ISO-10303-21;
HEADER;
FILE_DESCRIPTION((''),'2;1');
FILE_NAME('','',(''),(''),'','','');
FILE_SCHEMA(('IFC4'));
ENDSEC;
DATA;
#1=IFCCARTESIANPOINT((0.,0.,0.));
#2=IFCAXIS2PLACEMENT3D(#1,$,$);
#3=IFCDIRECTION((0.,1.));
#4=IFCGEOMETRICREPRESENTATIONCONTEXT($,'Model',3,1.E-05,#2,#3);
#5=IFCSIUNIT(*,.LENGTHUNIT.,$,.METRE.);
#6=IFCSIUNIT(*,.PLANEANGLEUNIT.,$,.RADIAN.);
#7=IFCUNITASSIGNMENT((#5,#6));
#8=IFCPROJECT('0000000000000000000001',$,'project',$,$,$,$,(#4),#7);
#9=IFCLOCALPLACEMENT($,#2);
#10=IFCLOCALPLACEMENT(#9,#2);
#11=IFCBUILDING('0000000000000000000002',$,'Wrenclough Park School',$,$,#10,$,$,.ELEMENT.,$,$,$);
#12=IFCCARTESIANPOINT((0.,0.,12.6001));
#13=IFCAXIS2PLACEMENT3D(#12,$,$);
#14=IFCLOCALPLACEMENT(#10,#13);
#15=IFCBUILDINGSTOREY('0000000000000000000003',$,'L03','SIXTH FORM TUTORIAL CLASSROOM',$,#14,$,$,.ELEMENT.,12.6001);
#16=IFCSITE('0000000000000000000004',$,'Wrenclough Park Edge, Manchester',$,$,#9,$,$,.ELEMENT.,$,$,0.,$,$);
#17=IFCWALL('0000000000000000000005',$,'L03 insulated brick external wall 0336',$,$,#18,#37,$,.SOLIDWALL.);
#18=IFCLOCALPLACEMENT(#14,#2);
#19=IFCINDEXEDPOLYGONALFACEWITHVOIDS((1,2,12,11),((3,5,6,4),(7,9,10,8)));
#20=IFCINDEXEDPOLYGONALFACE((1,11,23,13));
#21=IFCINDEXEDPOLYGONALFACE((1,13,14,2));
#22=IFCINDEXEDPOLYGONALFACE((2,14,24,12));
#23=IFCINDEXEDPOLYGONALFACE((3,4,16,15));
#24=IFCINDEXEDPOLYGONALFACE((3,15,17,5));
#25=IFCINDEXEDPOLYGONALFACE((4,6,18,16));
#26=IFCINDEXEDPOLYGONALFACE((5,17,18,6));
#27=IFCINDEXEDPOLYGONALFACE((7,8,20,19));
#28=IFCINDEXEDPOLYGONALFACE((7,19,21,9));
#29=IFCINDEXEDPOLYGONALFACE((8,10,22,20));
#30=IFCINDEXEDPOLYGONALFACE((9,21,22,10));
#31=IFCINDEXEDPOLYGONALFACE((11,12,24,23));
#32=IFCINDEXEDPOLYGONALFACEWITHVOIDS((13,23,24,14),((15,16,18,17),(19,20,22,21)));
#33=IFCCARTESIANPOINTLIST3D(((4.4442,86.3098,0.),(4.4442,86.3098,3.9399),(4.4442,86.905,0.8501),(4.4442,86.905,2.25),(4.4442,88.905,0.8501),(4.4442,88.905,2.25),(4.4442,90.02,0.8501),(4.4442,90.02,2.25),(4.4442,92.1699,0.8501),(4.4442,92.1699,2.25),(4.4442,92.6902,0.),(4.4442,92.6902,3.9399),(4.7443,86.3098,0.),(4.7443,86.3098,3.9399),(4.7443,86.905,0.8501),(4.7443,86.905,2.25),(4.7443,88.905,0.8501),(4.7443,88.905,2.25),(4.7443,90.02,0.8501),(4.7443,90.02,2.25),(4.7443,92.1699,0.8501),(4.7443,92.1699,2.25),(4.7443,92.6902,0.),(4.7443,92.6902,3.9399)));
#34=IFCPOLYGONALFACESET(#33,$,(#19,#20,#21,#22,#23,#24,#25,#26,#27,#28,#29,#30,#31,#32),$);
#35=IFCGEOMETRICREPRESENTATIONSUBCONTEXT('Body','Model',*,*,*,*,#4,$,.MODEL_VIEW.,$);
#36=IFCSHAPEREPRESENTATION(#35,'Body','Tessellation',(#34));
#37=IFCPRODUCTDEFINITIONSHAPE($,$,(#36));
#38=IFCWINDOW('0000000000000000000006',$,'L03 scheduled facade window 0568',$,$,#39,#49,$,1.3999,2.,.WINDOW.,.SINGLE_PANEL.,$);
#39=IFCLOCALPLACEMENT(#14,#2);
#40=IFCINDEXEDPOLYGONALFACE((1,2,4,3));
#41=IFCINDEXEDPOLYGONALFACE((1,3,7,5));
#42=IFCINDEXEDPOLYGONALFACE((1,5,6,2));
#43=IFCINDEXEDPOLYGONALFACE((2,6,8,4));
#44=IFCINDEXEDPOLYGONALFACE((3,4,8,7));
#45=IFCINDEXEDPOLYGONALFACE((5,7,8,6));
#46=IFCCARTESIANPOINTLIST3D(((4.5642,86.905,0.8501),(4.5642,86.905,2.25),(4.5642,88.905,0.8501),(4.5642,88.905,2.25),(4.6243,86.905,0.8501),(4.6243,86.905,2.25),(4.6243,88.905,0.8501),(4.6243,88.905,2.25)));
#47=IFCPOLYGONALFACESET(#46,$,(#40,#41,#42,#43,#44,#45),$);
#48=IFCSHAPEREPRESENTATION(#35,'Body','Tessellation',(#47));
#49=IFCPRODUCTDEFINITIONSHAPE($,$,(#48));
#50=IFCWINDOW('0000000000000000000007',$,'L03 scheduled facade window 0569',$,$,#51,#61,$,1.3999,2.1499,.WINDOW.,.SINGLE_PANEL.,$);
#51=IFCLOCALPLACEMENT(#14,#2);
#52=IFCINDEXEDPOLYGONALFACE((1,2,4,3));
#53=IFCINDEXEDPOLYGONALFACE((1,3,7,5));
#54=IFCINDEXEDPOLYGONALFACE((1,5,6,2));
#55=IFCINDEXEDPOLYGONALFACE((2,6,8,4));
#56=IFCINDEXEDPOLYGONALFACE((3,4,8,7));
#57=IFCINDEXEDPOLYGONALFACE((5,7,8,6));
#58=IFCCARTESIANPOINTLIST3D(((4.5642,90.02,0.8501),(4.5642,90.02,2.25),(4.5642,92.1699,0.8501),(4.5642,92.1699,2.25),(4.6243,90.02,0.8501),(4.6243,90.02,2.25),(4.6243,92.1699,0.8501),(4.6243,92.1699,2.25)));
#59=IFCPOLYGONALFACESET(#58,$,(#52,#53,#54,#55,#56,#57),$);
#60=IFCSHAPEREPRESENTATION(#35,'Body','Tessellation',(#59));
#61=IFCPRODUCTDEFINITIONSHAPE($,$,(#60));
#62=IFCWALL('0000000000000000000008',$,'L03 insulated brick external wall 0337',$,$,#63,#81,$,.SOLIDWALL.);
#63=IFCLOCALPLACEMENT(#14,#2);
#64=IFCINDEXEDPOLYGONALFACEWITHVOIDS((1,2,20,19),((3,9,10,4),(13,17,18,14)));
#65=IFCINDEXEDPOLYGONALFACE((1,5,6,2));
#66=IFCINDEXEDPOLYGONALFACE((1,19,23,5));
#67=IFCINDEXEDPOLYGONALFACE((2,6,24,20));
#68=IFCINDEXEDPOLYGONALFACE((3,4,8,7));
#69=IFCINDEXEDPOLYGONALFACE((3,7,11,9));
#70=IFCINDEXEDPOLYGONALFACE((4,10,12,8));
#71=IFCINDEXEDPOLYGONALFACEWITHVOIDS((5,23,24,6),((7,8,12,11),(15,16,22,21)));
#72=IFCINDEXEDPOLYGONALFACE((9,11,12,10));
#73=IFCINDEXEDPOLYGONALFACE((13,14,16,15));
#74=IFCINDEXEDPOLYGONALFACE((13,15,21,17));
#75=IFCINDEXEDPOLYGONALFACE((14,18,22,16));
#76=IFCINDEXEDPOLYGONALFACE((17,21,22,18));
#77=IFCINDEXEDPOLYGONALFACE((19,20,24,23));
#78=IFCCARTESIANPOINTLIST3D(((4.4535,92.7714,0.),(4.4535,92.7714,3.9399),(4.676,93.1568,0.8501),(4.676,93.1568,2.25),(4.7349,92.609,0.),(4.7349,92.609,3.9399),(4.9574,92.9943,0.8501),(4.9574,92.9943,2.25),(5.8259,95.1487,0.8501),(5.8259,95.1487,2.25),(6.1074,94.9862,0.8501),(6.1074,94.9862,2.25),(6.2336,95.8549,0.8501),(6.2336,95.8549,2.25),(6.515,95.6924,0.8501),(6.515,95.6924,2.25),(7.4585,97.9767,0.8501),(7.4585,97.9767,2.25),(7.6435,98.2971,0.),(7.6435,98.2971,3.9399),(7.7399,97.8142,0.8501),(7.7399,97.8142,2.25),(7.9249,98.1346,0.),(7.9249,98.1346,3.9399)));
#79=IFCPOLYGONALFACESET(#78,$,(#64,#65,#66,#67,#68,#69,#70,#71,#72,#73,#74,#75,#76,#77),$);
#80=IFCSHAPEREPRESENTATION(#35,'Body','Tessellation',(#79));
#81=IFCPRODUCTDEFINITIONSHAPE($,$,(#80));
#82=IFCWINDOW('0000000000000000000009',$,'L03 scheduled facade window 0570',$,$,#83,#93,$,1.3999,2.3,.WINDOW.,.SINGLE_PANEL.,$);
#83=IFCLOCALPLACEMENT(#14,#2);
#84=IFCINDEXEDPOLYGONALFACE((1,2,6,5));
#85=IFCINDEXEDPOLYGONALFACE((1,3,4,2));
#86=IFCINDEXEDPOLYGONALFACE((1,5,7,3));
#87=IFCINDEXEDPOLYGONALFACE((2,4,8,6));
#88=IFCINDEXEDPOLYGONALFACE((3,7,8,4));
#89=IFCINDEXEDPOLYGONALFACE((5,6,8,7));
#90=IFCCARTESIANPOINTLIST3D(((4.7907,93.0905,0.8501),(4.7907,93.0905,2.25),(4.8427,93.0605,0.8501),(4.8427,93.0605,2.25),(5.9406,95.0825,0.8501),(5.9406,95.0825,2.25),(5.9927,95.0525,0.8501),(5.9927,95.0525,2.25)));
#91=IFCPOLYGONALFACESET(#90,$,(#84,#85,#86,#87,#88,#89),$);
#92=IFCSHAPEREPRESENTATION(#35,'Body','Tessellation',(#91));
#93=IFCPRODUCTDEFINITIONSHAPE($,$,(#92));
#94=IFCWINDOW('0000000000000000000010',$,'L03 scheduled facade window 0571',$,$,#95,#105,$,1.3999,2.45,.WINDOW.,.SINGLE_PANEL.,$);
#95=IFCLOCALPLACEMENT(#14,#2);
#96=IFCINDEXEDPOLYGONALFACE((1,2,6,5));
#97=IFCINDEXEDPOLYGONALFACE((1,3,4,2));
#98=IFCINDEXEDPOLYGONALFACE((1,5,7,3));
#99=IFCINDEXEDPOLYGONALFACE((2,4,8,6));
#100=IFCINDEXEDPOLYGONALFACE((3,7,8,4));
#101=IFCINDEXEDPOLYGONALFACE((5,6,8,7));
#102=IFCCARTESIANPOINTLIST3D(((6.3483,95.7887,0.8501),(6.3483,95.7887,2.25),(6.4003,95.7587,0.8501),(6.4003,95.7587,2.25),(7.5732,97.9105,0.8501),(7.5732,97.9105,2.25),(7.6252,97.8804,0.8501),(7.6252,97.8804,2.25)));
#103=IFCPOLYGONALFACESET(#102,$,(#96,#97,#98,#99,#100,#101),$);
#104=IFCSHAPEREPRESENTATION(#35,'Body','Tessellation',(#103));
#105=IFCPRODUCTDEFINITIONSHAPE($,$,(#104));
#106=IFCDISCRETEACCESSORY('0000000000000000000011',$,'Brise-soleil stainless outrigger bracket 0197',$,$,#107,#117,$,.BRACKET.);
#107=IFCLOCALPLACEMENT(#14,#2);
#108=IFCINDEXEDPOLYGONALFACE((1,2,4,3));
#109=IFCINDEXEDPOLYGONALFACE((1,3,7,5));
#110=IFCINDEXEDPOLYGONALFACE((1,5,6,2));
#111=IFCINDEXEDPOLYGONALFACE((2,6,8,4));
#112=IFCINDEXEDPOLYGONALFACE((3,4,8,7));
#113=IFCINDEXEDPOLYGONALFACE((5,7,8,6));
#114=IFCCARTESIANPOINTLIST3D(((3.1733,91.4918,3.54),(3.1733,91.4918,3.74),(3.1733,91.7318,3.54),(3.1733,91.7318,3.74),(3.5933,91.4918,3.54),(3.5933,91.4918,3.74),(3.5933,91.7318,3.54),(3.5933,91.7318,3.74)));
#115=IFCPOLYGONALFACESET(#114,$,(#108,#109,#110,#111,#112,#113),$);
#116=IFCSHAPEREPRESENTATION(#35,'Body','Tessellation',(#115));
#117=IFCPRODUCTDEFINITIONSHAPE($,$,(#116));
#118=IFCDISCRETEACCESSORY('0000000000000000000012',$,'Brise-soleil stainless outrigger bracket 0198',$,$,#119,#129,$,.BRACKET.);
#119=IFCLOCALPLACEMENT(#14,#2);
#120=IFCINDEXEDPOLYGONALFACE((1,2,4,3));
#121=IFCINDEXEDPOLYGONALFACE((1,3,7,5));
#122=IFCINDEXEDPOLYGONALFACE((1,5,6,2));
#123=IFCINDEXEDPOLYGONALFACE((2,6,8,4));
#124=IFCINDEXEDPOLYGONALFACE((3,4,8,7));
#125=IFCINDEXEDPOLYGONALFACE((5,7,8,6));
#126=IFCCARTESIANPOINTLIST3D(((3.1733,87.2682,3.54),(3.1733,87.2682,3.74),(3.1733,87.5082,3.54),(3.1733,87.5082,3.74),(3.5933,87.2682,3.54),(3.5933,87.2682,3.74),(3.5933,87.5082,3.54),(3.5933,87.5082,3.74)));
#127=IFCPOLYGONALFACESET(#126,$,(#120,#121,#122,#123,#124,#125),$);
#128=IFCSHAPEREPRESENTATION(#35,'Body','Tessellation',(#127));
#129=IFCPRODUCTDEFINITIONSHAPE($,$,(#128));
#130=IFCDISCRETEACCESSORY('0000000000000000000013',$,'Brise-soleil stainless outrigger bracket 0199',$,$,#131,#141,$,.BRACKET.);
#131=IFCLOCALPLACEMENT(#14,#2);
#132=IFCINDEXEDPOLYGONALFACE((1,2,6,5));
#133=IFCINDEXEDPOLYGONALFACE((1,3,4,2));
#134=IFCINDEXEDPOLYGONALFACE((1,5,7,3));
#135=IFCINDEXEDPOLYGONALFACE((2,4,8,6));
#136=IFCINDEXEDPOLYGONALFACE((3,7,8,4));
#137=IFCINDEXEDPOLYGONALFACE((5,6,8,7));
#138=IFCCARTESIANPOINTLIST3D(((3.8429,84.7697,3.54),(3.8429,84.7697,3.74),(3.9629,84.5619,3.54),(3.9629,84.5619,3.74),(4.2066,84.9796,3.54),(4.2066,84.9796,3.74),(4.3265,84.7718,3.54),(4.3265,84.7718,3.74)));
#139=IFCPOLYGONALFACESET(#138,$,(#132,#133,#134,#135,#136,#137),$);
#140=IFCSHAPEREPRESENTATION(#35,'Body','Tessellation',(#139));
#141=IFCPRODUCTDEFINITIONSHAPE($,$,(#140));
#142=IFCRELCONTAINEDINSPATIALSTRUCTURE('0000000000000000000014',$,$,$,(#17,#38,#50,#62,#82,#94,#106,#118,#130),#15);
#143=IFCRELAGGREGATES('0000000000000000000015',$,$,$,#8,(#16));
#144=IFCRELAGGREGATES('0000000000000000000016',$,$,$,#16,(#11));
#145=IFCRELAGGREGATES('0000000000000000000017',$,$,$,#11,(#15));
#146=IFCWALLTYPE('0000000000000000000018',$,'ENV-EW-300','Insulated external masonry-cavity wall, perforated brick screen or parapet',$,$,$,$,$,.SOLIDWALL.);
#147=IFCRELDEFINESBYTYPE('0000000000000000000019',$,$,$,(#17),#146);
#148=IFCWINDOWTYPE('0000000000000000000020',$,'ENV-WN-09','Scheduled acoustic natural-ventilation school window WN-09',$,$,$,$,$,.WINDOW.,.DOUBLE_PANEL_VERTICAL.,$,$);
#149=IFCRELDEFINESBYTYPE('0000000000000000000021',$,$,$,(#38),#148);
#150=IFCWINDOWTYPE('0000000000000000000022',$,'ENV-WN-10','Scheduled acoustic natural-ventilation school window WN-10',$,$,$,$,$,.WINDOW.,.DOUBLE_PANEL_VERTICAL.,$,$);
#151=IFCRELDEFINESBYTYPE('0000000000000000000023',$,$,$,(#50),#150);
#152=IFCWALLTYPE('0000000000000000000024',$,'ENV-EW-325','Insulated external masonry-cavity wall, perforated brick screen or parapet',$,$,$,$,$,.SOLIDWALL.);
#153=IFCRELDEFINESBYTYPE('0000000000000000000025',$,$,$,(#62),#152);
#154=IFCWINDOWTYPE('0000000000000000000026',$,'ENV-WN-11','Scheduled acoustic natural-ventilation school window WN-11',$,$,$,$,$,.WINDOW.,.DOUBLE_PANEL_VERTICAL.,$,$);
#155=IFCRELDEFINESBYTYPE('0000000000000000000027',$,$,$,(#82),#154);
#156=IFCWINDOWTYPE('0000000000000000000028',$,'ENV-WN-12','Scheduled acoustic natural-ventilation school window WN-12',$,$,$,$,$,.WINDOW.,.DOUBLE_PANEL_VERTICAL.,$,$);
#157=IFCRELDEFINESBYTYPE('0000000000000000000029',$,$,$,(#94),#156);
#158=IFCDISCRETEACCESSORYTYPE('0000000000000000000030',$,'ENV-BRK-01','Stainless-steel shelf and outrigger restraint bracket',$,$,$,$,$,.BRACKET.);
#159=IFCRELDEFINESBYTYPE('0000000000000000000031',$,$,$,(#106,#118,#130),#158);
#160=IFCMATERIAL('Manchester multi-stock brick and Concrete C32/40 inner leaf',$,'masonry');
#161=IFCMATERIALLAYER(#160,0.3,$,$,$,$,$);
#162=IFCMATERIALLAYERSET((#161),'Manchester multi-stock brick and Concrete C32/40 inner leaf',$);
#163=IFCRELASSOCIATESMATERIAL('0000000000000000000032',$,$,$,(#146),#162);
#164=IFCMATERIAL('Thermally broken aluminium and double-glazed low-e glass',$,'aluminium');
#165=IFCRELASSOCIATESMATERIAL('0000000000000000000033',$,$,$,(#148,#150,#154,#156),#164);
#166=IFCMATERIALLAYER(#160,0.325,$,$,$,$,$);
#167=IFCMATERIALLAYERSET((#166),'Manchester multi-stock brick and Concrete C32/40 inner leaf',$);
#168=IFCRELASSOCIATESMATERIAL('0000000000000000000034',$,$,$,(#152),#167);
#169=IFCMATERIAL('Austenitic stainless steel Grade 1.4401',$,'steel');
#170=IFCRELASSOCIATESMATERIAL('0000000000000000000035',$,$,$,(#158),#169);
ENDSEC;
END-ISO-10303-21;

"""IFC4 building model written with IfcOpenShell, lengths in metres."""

from ifc_helpers import new_model, si_unit, direction, frame, frame_2d, origin, origin_2d, place, context, subcontext, project, spatial, rectangle, extrude, material, layer, layer_set, type_object, element, fill, save


model = new_model("IFC4")

# Units and contexts
model_context = context("Model", 3, precision=1e-05, world=origin(), true_north=direction((0.0, 1.0)))
body_context = subcontext(model_context, "Body", "Model", "MODEL_VIEW")
ifc_project = project(units=[si_unit("LENGTHUNIT", "METRE"), si_unit("PLANEANGLEUNIT", "RADIAN")], contexts=[model_context])

# Site, building, storey
site_placement = place(None, origin())
site = spatial("IfcSite", under=ifc_project, at=site_placement, Name="Wrenclough Park Edge, Manchester", CompositionType="ELEMENT", RefElevation=0.0)
building_placement = place(site_placement, origin())
building = spatial("IfcBuilding", under=site, at=building_placement, Name="Wrenclough Park School", CompositionType="ELEMENT")
storey_placement = place(building_placement, frame((0.0, 0.0, 12.6001)))
storey = spatial("IfcBuildingStorey", under=building, at=storey_placement, Name="L03", Description="SIXTH FORM TUTORIAL CLASSROOM", CompositionType="ELEMENT", Elevation=12.6001)

# Walls, openings, windows
ifc_material_1 = material(Name="Manchester multi-stock brick and Concrete C32/40 inner leaf", Category="masonry")
ifc_layer_1 = layer(ifc_material_1, 0.3)
ifc_layer_set_1 = layer_set([ifc_layer_1], Name="Manchester multi-stock brick and Concrete C32/40 inner leaf")
wall_type_1 = type_object("IfcWallType", Name="ENV-EW-300", Description="Insulated external masonry-cavity wall, perforated brick screen or parapet", PredefinedType="SOLIDWALL", material=ifc_layer_set_1)
wall_1_placement = place(storey_placement, frame((4.5942, 86.3098, 0.0), z_axis=(0.0, 0.0, 1.0), x_axis=(0.0, 1.0, 0.0)))
wall_1 = element("IfcWall", 1, at=wall_1_placement, inside=storey, type_object=wall_type_1, Name="L03 insulated brick external wall 0336", PredefinedType="SOLIDWALL", context=body_context, shape_type="SweptSolid", body=[
    extrude(rectangle(XDim=6.3804, YDim=0.3, at=frame_2d((3.1902, 0.0))), origin(), (0.0, 0.0, 1.0), 3.9399),
])
opening_1_placement = place(wall_1_placement, frame((0.5952, 0.0, 0.8501)))
opening_1 = element("IfcOpeningElement", 2, at=opening_1_placement, cuts=wall_1, PredefinedType="OPENING", context=body_context, shape_type="SweptSolid", body=[
    extrude(rectangle(XDim=2.0, YDim=1.3999, at=frame_2d((1.0, 0.7))), frame((0.0, 0.1599, 0.0), z_axis=(0.0, -1.0, 0.0), x_axis=(1.0, 0.0, 0.0)), (0.0, 0.0, 1.0), 0.3201),
])
opening_2_placement = place(wall_1_placement, frame((3.7102, 0.0, 0.8501)))
opening_2 = element("IfcOpeningElement", 3, at=opening_2_placement, cuts=wall_1, PredefinedType="OPENING", context=body_context, shape_type="SweptSolid", body=[
    extrude(rectangle(XDim=2.1499, YDim=1.3999, at=frame_2d((1.075, 0.7))), frame((0.0, 0.1599, 0.0), z_axis=(0.0, -1.0, 0.0), x_axis=(1.0, 0.0, 0.0)), (0.0, 0.0, 1.0), 0.3201),
])
ifc_material_2 = material(Name="Thermally broken aluminium and double-glazed low-e glass", Category="aluminium")
window_type_1 = type_object("IfcWindowType", Name="ENV-WN-09", Description="Scheduled acoustic natural-ventilation school window WN-09", PartitioningType="DOUBLE_PANEL_VERTICAL", PredefinedType="WINDOW", material=ifc_material_2)
window_1_placement = place(opening_1_placement, origin())
window_1 = element("IfcWindow", 4, at=window_1_placement, inside=storey, type_object=window_type_1, Name="L03 scheduled facade window 0568", OverallHeight=1.3999, OverallWidth=2.0, PartitioningType="SINGLE_PANEL", PredefinedType="WINDOW", context=body_context, shape_type="SweptSolid", body=[
    extrude(rectangle(XDim=2.0, YDim=1.3999, at=frame_2d((1.0, 0.7))), frame((0.0, 0.03, 0.0), z_axis=(0.0, -1.0, 0.0), x_axis=(1.0, 0.0, 0.0)), (0.0, 0.0, 1.0), 0.0601),
])
fill(opening_1, window_1)
window_type_2 = type_object("IfcWindowType", Name="ENV-WN-10", Description="Scheduled acoustic natural-ventilation school window WN-10", PartitioningType="DOUBLE_PANEL_VERTICAL", PredefinedType="WINDOW", material=ifc_material_2)
window_2_placement = place(opening_2_placement, origin())
window_2 = element("IfcWindow", 5, at=window_2_placement, inside=storey, type_object=window_type_2, Name="L03 scheduled facade window 0569", OverallHeight=1.3999, OverallWidth=2.1499, PartitioningType="SINGLE_PANEL", PredefinedType="WINDOW", context=body_context, shape_type="SweptSolid", body=[
    extrude(rectangle(XDim=2.1499, YDim=1.3999, at=frame_2d((1.075, 0.7))), frame((0.0, 0.03, 0.0), z_axis=(0.0, -1.0, 0.0), x_axis=(1.0, 0.0, 0.0)), (0.0, 0.0, 1.0), 0.0601),
])
fill(opening_2, window_2)
ifc_layer_2 = layer(ifc_material_1, 0.325)
ifc_layer_set_2 = layer_set([ifc_layer_2], Name="Manchester multi-stock brick and Concrete C32/40 inner leaf")
wall_type_2 = type_object("IfcWallType", Name="ENV-EW-325", Description="Insulated external masonry-cavity wall, perforated brick screen or parapet", PredefinedType="SOLIDWALL", material=ifc_layer_set_2)
wall_2_placement = place(storey_placement, frame((4.5942, 92.6902, 0.0), z_axis=(0.0, 0.0, 1.0), x_axis=(0.499966, 0.866045, 0.0)))
wall_2 = element("IfcWall", 6, at=wall_2_placement, inside=storey, type_object=wall_type_2, Name="L03 insulated brick external wall 0337", PredefinedType="SOLIDWALL", context=body_context, shape_type="SweptSolid", body=[
    extrude(rectangle(XDim=6.3804, YDim=0.325, at=frame_2d((3.1902, 0.0))), origin(), (0.0, 0.0, 1.0), 3.9399),
])
opening_3_placement = place(wall_2_placement, frame((0.4451, 0.0, 0.8501)))
opening_3 = element("IfcOpeningElement", 7, at=opening_3_placement, cuts=wall_2, PredefinedType="OPENING", context=body_context, shape_type="SweptSolid", body=[
    extrude(rectangle(XDim=2.3, YDim=1.3999, at=frame_2d((1.1499, 0.7))), frame((0.0, 0.1724, 0.0), z_axis=(0.0, -1.0, 0.0), x_axis=(1.0, 0.0, 0.0)), (0.0, 0.0, 1.0), 0.345),
])
opening_4_placement = place(wall_2_placement, frame((3.5603, 0.0, 0.8501)))
opening_4 = element("IfcOpeningElement", 8, at=opening_4_placement, cuts=wall_2, PredefinedType="OPENING", context=body_context, shape_type="SweptSolid", body=[
    extrude(rectangle(XDim=2.45, YDim=1.3999, at=frame_2d((1.2251, 0.7))), frame((0.0, 0.1724, 0.0), z_axis=(0.0, -1.0, 0.0), x_axis=(1.0, 0.0, 0.0)), (0.0, 0.0, 1.0), 0.345),
])
window_type_3 = type_object("IfcWindowType", Name="ENV-WN-11", Description="Scheduled acoustic natural-ventilation school window WN-11", PartitioningType="DOUBLE_PANEL_VERTICAL", PredefinedType="WINDOW", material=ifc_material_2)
window_3_placement = place(opening_3_placement, origin())
window_3 = element("IfcWindow", 9, at=window_3_placement, inside=storey, type_object=window_type_3, Name="L03 scheduled facade window 0570", OverallHeight=1.3999, OverallWidth=2.3, PartitioningType="SINGLE_PANEL", PredefinedType="WINDOW", context=body_context, shape_type="SweptSolid", body=[
    extrude(rectangle(XDim=2.3, YDim=1.3999, at=frame_2d((1.1499, 0.7))), frame((0.0, 0.03, 0.0), z_axis=(0.0, -1.0, 0.0), x_axis=(1.0, 0.0, 0.0)), (0.0, 0.0, 1.0), 0.0601),
])
fill(opening_3, window_3)
window_type_4 = type_object("IfcWindowType", Name="ENV-WN-12", Description="Scheduled acoustic natural-ventilation school window WN-12", PartitioningType="DOUBLE_PANEL_VERTICAL", PredefinedType="WINDOW", material=ifc_material_2)
window_4_placement = place(opening_4_placement, origin())
window_4 = element("IfcWindow", 10, at=window_4_placement, inside=storey, type_object=window_type_4, Name="L03 scheduled facade window 0571", OverallHeight=1.3999, OverallWidth=2.45, PartitioningType="SINGLE_PANEL", PredefinedType="WINDOW", context=body_context, shape_type="SweptSolid", body=[
    extrude(rectangle(XDim=2.45, YDim=1.3999, at=frame_2d((1.2251, 0.7))), frame((0.0, 0.03, 0.0), z_axis=(0.0, -1.0, 0.0), x_axis=(1.0, 0.0, 0.0)), (0.0, 0.0, 1.0), 0.0601),
])
fill(opening_4, window_4)

# Discrete accessories
ifc_material_3 = material(Name="Austenitic stainless steel Grade 1.4401", Category="steel")
discrete_accessory_type = type_object("IfcDiscreteAccessoryType", Name="ENV-BRK-01", Description="Stainless-steel shelf and outrigger restraint bracket", PredefinedType="BRACKET", material=ifc_material_3)
for number, where, z_axis, x_axis, name in (
    (11, (3.3833, 91.6118, 3.54), (0.0, 0.0, 1.0), (0.0, -1.0, 0.0), "Brise-soleil stainless outrigger bracket 0197"),
    (12, (3.3833, 87.3882, 3.54), (0.0, 0.0, 1.0), (0.0, -1.0, 0.0), "Brise-soleil stainless outrigger bracket 0198"),
    (13, (4.0847, 84.7708, 3.54), (0.0, 0.0, 1.0), (0.499991, -0.866031, 0.0), "Brise-soleil stainless outrigger bracket 0199"),
):
    element("IfcDiscreteAccessory", number, at=place(storey_placement, frame(where, z_axis=z_axis, x_axis=x_axis)), inside=storey, type_object=discrete_accessory_type, Name=name, PredefinedType="BRACKET", context=body_context, shape_type="SweptSolid", body=[
        extrude(rectangle(XDim=0.24, YDim=0.4199, at=origin_2d()), origin(), (0.0, 0.0, 1.0), 0.2),
    ])

save(model, "model.ifc")
